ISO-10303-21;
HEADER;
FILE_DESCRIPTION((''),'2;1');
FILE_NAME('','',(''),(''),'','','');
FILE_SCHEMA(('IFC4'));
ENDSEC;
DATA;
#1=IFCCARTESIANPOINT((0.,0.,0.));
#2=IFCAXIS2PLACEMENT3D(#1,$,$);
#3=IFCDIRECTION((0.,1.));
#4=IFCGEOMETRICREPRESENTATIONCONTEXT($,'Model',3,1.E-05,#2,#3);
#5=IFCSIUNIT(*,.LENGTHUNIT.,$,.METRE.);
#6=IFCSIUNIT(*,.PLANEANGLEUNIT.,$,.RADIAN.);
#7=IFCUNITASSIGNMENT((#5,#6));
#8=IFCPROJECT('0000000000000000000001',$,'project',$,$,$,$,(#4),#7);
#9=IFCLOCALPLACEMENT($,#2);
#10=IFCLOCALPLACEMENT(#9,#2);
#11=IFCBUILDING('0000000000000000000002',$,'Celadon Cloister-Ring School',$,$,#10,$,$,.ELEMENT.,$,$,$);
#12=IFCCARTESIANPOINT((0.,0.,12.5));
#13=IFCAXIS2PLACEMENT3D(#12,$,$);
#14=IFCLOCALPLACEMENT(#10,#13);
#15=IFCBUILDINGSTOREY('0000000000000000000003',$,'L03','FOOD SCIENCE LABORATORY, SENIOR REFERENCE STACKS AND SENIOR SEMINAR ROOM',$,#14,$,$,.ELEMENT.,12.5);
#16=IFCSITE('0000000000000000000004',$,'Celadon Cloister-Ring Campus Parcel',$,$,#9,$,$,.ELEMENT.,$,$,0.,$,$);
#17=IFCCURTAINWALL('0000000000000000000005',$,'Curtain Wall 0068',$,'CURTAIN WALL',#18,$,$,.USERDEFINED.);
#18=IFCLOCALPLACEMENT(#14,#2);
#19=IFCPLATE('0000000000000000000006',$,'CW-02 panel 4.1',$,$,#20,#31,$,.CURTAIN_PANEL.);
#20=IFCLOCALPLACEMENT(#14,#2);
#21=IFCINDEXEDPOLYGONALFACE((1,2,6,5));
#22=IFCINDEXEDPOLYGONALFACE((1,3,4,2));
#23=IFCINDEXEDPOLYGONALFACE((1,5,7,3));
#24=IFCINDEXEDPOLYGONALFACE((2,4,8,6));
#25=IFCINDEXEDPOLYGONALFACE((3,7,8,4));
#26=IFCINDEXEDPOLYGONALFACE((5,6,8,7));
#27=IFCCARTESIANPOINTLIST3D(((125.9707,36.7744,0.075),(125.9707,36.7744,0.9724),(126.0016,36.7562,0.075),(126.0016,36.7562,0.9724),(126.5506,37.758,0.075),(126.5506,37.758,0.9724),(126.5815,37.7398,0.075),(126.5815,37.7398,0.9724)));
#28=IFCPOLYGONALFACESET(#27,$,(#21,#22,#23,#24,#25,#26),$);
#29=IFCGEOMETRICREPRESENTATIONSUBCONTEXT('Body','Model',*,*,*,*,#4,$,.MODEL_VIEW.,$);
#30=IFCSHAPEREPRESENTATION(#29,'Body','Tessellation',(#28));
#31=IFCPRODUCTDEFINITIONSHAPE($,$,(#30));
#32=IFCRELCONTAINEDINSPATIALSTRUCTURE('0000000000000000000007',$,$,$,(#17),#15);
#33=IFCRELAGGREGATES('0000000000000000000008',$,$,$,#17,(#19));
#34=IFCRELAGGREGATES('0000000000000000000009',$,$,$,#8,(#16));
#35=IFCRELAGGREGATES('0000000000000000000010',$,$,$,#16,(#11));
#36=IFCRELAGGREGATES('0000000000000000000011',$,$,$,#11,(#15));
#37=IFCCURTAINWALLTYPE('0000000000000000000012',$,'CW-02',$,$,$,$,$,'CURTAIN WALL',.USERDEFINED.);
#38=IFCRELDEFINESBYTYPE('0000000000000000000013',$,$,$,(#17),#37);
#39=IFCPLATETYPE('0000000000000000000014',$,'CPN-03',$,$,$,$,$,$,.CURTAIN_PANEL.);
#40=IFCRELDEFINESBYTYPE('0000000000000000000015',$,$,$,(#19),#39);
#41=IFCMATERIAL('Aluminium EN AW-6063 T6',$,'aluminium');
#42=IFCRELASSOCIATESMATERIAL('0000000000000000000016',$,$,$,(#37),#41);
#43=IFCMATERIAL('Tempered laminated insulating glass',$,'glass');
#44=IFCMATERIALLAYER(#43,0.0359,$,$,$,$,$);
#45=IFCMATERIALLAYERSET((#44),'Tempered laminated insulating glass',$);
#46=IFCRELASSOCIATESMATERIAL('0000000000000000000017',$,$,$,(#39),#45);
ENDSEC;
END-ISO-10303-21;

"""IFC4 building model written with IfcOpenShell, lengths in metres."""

from ifc_helpers import new_model, si_unit, direction, frame, origin, origin_2d, place, context, subcontext, project, spatial, rectangle, extrude, material, layer, layer_set, type_object, element, aggregate, save


model = new_model("IFC4")

# Units and contexts
model_context = context("Model", 3, precision=1e-05, world=origin(), true_north=direction((0.0, 1.0)))
body_context = subcontext(model_context, "Body", "Model", "MODEL_VIEW")
ifc_project = project(units=[si_unit("LENGTHUNIT", "METRE"), si_unit("PLANEANGLEUNIT", "RADIAN")], contexts=[model_context])

# Site, building, storey
site_placement = place(None, origin())
site = spatial("IfcSite", under=ifc_project, at=site_placement, Name="Celadon Cloister-Ring Campus Parcel", CompositionType="ELEMENT", RefElevation=0.0)
building_placement = place(site_placement, origin())
building = spatial("IfcBuilding", under=site, at=building_placement, Name="Celadon Cloister-Ring School", CompositionType="ELEMENT")
storey_placement = place(building_placement, frame((0.0, 0.0, 12.5)))
storey = spatial("IfcBuildingStorey", under=building, at=storey_placement, Name="L03", Description="FOOD SCIENCE LABORATORY, SENIOR REFERENCE STACKS AND SENIOR SEMINAR ROOM", CompositionType="ELEMENT", Elevation=12.5)

# Curtain wall
ifc_material_1 = material(Name="Aluminium EN AW-6063 T6", Category="aluminium")
curtain_wall_type = type_object("IfcCurtainWallType", Name="CW-02", ElementType="CURTAIN WALL", PredefinedType="USERDEFINED", material=ifc_material_1)
curtain_wall_placement = place(storey_placement, origin())
curtain_wall = element("IfcCurtainWall", 1, at=curtain_wall_placement, inside=storey, type_object=curtain_wall_type, Name="Curtain Wall 0068", ObjectType="CURTAIN WALL", PredefinedType="USERDEFINED")

# Plate
ifc_material_2 = material(Name="Tempered laminated insulating glass", Category="glass")
ifc_layer = layer(ifc_material_2, 0.0359)
ifc_layer_set = layer_set([ifc_layer], Name="Tempered laminated insulating glass")
plate_type = type_object("IfcPlateType", Name="CPN-03", PredefinedType="CURTAIN_PANEL", material=ifc_layer_set)
plate_1_placement = place(storey_placement, frame((126.2761, 37.2571, 0.075), z_axis=(0.0, 0.0, 1.0), x_axis=(0.507885, 0.861425, 0.0)))
plate_1 = element("IfcPlate", 2, at=plate_1_placement, type_object=plate_type, Name="CW-02 panel 4.1", PredefinedType="CURTAIN_PANEL", context=body_context, shape_type="SweptSolid", body=[
    extrude(rectangle(XDim=1.1418, YDim=0.0359, at=origin_2d()), origin(), (0.0, 0.0, 1.0), 0.8975),
])
aggregate(curtain_wall, [plate_1])

save(model, "model.ifc")
